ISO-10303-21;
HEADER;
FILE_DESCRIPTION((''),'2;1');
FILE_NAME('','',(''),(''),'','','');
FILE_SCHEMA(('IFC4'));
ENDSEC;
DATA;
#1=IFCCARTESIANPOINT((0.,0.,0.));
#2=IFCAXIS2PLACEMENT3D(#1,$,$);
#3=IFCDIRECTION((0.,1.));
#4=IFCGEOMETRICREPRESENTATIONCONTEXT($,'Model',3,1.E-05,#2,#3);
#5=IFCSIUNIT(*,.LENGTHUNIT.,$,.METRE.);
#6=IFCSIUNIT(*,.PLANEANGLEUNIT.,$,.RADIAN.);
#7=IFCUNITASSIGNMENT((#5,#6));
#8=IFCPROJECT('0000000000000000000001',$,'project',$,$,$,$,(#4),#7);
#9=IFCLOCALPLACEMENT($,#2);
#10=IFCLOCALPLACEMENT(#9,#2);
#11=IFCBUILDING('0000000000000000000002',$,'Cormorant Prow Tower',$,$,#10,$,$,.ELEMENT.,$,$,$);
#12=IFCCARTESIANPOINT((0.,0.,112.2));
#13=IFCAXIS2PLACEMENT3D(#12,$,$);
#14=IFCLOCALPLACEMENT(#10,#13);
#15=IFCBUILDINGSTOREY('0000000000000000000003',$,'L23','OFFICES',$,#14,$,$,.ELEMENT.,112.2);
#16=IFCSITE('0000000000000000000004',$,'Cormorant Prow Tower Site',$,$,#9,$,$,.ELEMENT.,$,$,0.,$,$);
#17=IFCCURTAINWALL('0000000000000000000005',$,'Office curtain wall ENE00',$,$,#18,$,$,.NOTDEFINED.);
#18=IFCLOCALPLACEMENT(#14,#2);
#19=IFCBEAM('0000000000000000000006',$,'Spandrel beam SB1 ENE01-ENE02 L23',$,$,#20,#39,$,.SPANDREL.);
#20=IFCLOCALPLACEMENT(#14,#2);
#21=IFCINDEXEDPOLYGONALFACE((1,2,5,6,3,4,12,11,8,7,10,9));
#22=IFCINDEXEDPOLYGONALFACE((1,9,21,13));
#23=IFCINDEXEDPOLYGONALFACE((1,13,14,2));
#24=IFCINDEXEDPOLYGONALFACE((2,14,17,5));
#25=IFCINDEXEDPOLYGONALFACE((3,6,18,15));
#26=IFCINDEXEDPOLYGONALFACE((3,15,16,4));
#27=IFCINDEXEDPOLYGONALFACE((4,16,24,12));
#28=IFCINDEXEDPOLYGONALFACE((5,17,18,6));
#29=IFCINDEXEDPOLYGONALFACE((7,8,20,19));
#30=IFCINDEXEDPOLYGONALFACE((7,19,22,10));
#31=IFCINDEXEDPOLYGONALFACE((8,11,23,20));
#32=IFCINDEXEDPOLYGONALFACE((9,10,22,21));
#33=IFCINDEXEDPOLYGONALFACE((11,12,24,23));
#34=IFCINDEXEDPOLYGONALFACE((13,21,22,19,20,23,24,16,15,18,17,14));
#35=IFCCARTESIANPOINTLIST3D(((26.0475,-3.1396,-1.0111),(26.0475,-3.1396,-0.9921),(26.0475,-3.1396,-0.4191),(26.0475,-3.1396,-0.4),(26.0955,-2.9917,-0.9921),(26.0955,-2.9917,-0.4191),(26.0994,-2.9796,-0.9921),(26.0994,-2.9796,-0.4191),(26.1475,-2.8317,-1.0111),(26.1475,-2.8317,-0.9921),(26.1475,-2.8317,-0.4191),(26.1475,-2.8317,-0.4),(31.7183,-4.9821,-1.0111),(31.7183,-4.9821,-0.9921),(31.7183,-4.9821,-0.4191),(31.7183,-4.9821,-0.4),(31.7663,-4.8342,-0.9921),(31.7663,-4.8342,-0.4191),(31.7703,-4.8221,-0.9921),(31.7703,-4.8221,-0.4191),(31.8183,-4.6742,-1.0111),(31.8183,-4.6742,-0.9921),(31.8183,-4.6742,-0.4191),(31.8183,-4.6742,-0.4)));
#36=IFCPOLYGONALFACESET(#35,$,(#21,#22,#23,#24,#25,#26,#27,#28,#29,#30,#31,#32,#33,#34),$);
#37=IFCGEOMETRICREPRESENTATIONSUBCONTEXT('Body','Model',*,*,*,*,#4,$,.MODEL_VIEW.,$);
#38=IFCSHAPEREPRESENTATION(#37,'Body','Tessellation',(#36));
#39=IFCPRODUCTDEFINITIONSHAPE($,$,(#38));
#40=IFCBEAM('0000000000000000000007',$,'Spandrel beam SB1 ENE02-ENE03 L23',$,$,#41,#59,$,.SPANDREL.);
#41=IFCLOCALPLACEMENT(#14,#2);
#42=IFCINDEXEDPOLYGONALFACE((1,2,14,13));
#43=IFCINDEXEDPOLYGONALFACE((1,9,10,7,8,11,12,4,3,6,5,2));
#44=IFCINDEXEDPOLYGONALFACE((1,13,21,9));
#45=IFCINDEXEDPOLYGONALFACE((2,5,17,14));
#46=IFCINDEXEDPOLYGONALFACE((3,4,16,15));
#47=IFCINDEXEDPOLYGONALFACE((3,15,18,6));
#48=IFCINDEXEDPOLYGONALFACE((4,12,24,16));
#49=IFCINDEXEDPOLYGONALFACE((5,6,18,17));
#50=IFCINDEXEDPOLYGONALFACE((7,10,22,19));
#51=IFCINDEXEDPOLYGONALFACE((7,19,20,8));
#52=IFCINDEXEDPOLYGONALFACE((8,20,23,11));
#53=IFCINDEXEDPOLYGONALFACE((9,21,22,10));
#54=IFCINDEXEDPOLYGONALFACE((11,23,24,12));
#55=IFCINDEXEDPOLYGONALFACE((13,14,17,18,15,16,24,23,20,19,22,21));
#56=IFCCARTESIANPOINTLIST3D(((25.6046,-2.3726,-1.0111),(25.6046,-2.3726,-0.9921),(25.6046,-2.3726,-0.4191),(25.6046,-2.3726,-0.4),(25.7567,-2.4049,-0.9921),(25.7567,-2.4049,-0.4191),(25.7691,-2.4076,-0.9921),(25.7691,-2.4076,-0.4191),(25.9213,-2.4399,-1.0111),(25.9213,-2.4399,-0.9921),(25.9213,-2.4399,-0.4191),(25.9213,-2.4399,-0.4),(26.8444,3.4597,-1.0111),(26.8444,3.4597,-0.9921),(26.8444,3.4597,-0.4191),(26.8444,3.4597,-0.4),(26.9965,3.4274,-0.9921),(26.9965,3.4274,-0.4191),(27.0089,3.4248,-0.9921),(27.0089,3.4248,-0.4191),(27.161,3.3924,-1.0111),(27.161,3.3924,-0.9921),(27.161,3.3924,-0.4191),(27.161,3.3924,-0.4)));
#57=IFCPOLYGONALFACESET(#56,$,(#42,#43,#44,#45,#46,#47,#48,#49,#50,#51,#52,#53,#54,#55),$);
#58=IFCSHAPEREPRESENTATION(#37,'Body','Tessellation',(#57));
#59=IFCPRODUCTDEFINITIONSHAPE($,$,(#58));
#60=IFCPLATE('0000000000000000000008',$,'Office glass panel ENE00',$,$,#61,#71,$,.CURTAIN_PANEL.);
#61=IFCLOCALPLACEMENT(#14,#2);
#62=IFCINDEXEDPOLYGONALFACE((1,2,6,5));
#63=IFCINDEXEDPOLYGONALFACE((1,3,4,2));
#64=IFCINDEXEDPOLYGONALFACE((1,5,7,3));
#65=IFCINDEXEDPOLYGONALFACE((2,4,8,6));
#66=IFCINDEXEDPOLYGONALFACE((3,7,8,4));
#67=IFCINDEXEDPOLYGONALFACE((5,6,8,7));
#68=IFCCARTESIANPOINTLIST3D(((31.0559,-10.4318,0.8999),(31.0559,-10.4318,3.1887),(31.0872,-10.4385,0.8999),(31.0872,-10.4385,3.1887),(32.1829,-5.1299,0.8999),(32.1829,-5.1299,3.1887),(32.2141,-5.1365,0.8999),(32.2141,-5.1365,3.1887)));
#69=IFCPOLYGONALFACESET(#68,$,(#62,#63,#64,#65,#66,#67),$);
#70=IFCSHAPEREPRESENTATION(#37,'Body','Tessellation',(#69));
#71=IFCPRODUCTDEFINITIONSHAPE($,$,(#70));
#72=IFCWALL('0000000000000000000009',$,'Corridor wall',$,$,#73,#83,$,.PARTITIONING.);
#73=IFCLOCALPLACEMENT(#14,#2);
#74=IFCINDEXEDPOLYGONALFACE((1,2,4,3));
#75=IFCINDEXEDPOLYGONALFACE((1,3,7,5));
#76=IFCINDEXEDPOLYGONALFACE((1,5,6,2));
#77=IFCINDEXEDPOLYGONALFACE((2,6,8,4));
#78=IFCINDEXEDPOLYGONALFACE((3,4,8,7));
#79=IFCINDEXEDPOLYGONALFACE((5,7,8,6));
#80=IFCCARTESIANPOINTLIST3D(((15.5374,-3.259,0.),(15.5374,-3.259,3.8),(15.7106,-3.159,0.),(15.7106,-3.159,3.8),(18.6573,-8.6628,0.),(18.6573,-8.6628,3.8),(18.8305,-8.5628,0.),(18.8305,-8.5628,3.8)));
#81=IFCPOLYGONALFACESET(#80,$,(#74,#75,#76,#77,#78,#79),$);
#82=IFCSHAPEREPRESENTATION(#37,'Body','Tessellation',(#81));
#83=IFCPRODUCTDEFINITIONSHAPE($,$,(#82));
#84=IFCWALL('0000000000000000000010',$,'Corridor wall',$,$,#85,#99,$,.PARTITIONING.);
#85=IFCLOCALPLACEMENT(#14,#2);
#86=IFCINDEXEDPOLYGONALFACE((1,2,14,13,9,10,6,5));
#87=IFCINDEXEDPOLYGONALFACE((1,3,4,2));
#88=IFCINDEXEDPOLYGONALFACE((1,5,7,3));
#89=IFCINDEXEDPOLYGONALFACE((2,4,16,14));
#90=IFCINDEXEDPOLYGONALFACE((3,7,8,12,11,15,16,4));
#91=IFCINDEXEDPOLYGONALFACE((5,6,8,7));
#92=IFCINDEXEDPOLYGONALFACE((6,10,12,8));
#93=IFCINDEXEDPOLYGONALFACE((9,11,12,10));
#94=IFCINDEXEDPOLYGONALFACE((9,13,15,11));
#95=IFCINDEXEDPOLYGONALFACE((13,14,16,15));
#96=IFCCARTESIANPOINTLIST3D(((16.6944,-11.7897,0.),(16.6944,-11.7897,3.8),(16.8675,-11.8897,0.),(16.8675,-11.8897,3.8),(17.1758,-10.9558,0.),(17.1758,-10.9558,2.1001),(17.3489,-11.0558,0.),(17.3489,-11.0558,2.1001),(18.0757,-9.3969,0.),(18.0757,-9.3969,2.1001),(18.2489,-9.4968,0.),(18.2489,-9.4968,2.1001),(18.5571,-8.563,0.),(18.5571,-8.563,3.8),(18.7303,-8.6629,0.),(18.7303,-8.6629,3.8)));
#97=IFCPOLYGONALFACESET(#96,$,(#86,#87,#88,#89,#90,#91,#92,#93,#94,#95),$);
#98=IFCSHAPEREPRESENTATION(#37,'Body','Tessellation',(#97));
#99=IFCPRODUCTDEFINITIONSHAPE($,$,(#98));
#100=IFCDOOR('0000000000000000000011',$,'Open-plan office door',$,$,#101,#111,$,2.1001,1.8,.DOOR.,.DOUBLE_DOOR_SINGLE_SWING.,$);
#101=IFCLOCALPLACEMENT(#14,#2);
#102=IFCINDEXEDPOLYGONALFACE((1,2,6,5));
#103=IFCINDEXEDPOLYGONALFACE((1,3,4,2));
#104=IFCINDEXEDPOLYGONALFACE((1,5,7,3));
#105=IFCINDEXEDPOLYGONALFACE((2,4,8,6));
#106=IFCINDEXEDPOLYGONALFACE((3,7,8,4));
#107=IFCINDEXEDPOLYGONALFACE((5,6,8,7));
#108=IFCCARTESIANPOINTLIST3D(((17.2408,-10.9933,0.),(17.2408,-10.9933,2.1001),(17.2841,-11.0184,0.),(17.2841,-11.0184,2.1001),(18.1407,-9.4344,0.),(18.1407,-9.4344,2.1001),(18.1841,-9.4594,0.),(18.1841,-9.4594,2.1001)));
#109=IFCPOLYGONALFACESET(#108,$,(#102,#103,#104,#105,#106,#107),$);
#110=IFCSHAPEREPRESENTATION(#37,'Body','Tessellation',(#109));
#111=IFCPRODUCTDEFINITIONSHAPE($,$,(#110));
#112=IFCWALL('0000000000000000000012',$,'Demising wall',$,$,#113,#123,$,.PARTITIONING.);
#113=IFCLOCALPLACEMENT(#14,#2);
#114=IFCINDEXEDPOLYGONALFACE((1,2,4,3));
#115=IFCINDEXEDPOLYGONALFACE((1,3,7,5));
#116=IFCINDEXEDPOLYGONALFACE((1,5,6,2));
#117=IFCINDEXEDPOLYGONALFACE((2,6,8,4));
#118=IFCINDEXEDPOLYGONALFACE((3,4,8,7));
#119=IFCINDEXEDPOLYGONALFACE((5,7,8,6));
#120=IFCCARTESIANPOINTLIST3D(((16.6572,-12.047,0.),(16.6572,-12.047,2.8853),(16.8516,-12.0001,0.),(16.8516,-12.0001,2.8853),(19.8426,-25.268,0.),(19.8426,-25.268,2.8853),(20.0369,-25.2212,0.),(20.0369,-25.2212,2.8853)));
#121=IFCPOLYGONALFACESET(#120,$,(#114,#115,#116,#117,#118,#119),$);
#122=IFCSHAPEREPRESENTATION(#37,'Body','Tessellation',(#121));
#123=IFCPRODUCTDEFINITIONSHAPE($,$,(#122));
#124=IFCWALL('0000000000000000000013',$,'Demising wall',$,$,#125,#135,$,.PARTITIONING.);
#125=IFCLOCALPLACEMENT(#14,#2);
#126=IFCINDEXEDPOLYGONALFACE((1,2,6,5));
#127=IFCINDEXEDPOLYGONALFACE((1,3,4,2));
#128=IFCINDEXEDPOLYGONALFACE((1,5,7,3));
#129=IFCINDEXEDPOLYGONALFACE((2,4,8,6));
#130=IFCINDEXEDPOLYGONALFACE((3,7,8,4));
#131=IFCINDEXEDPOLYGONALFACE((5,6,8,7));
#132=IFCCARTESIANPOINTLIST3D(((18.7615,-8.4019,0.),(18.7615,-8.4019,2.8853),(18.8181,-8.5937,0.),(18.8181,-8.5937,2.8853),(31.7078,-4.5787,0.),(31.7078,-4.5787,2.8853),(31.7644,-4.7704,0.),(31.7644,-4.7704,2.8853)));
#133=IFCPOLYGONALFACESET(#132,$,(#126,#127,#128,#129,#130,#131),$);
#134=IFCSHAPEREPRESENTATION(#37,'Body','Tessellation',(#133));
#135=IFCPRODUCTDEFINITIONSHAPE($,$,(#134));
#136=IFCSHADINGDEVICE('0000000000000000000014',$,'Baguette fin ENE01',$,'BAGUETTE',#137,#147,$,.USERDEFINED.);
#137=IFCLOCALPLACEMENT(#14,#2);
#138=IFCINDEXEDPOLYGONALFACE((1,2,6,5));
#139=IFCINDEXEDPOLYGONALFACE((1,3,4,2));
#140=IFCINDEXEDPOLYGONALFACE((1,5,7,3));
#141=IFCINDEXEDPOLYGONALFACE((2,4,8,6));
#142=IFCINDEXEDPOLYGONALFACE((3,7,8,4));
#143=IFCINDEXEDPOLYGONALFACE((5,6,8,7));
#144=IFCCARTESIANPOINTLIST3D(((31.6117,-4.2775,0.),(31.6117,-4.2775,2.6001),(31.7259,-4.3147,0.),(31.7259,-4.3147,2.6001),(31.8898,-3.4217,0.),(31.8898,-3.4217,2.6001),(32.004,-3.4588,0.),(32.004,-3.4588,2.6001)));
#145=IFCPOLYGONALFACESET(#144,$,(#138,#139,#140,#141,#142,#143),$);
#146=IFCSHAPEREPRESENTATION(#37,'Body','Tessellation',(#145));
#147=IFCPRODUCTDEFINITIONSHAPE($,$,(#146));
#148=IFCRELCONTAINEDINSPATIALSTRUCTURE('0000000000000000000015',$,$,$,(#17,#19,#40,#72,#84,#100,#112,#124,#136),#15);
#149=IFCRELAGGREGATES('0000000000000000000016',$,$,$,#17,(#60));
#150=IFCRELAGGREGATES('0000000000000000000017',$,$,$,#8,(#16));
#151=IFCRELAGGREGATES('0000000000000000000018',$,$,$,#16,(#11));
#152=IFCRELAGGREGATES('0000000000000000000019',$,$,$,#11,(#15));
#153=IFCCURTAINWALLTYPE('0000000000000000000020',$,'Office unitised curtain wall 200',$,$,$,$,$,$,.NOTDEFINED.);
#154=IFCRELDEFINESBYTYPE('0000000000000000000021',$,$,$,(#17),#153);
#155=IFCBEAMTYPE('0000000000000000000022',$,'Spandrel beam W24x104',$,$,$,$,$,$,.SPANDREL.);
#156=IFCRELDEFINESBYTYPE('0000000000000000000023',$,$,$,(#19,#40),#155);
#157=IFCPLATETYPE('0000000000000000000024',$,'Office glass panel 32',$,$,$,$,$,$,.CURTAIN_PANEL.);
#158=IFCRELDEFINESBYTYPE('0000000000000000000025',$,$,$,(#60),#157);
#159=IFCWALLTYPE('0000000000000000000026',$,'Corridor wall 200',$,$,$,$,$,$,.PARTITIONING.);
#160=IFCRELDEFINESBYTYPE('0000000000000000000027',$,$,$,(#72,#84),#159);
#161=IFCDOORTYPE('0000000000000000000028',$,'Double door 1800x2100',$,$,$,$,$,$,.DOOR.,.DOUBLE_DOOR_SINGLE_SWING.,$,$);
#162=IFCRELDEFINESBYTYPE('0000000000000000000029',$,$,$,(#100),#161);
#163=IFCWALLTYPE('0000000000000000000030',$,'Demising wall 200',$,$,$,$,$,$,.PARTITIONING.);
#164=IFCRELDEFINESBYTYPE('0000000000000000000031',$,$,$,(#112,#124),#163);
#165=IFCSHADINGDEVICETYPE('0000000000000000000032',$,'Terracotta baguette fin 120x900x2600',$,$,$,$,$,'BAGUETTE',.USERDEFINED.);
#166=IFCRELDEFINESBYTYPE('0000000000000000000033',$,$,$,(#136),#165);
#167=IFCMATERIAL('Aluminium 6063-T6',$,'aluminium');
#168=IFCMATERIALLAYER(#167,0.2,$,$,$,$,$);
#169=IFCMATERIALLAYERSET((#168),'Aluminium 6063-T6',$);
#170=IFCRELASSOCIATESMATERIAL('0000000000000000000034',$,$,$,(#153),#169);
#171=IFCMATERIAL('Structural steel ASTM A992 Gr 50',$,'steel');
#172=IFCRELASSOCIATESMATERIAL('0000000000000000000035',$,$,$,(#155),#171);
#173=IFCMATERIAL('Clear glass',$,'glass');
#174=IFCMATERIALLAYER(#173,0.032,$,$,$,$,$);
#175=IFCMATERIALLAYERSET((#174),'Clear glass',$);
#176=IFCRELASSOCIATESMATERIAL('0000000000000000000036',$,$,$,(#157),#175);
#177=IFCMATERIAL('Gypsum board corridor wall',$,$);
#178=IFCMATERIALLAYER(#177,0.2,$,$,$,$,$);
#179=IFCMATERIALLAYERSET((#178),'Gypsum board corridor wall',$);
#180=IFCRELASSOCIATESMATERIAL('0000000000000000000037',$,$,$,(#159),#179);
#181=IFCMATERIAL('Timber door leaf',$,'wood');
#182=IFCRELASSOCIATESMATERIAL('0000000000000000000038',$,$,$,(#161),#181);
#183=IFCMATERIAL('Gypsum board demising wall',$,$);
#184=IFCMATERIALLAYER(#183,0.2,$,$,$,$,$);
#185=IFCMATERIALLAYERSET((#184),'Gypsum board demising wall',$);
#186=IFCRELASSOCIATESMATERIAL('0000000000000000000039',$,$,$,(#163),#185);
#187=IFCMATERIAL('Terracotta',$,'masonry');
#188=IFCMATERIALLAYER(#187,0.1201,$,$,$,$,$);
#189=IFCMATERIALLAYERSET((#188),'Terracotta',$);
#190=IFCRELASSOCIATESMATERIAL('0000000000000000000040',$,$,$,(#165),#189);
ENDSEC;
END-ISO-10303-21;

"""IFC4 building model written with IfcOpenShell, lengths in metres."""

from ifc_helpers import new_model, si_unit, direction, frame, frame_2d, origin, origin_2d, place, context, subcontext, project, spatial, rectangle, i_section, extrude, material, layer, layer_set, material_profile, profile_set, type_object, element, fill, aggregate, save


model = new_model("IFC4")

# Units and contexts
model_context = context("Model", 3, precision=1e-05, world=origin(), true_north=direction((0.0, 1.0)))
body_context = subcontext(model_context, "Body", "Model", "MODEL_VIEW")
ifc_project = project(units=[si_unit("LENGTHUNIT", "METRE"), si_unit("PLANEANGLEUNIT", "RADIAN")], contexts=[model_context])

# Site, building, storey
site_placement = place(None, origin())
site = spatial("IfcSite", under=ifc_project, at=site_placement, Name="Cormorant Prow Tower Site", CompositionType="ELEMENT", RefElevation=0.0)
building_placement = place(site_placement, origin())
building = spatial("IfcBuilding", under=site, at=building_placement, Name="Cormorant Prow Tower", CompositionType="ELEMENT")
storey_placement = place(building_placement, frame((0.0, 0.0, 112.2)))
storey = spatial("IfcBuildingStorey", under=building, at=storey_placement, Name="L23", Description="OFFICES", CompositionType="ELEMENT", Elevation=112.2)

# Curtain wall
ifc_material_1 = material(Name="Aluminium 6063-T6", Category="aluminium")
ifc_layer_1 = layer(ifc_material_1, 0.2)
ifc_layer_set_1 = layer_set([ifc_layer_1], Name="Aluminium 6063-T6")
curtain_wall_type = type_object("IfcCurtainWallType", Name="Office unitised curtain wall 200", PredefinedType="NOTDEFINED", material=ifc_layer_set_1)
curtain_wall_1_placement = place(storey_placement, origin())
curtain_wall_1 = element("IfcCurtainWall", 1, at=curtain_wall_1_placement, inside=storey, type_object=curtain_wall_type, Name="Office curtain wall ENE00", PredefinedType="NOTDEFINED")

# Beams
ifc_material_2 = material(Name="Structural steel ASTM A992 Gr 50", Category="steel")
ifc_material_profile_1 = material_profile(ifc_material_2, i_section(OverallWidth=0.3237, OverallDepth=0.6111, WebThickness=0.0127, FlangeThickness=0.019, at=origin_2d()), Name="W24x104")
ifc_profile_set_1 = profile_set([ifc_material_profile_1], Name="Structural steel ASTM A992 Gr 50")
beam_type_1 = type_object("IfcBeamType", Name="Spandrel beam W24x104", PredefinedType="SPANDREL", material=ifc_profile_set_1)
for number, where, z_axis, x_axis, name in (
    (2, (31.7683, -4.8281, -0.7056), (-0.951059, 0.309008, 0.0), (-0.309008, -0.951059, 0.0), "Spandrel beam SB1 ENE01-ENE02 L23"),
    (3, (25.7629, -2.4062, -0.7056), (0.207921, 0.978146, 0.0), (-0.978146, 0.207921, 0.0), "Spandrel beam SB1 ENE02-ENE03 L23"),
):
    element("IfcBeam", number, at=place(storey_placement, frame(where, z_axis=z_axis, x_axis=x_axis)), inside=storey, type_object=beam_type_1, Name=name, PredefinedType="SPANDREL", context=body_context, shape_type="SweptSolid", body=[
        extrude(i_section(OverallWidth=0.3237, OverallDepth=0.6111, WebThickness=0.0127, FlangeThickness=0.019, at=origin_2d()), origin(), (0.0, 0.0, 1.0), 5.9626),
    ])

# Plate
ifc_material_3 = material(Name="Clear glass", Category="glass")
ifc_layer_2 = layer(ifc_material_3, 0.032)
ifc_layer_set_2 = layer_set([ifc_layer_2], Name="Clear glass")
plate_type = type_object("IfcPlateType", Name="Office glass panel 32", PredefinedType="CURTAIN_PANEL", material=ifc_layer_set_2)
plate_placement = place(storey_placement, frame((31.635, -7.7842, 0.8999), z_axis=(0.0, 0.0, 1.0), x_axis=(0.207912, 0.978148, 0.0)))
plate = element("IfcPlate", 4, at=plate_placement, type_object=plate_type, Name="Office glass panel ENE00", PredefinedType="CURTAIN_PANEL", context=body_context, shape_type="SweptSolid", body=[
    extrude(rectangle(XDim=5.4204, YDim=0.032, at=origin_2d()), origin(), (0.0, 0.0, 1.0), 2.2888),
])
aggregate(curtain_wall_1, [plate])

# Wall
ifc_material_4 = material(Name="Gypsum board corridor wall")
ifc_layer_3 = layer(ifc_material_4, 0.2)
ifc_layer_set_3 = layer_set([ifc_layer_3], Name="Gypsum board corridor wall")
wall_type_1 = type_object("IfcWallType", Name="Corridor wall 200", PredefinedType="PARTITIONING", material=ifc_layer_set_3)
wall_1_placement = place(storey_placement, frame((15.624, -3.209, 0.0), z_axis=(0.0, 0.0, 1.0), x_axis=(0.499998, -0.866027, 0.0)))
element("IfcWall", 5, at=wall_1_placement, inside=storey, type_object=wall_type_1, Name="Corridor wall", PredefinedType="PARTITIONING", context=body_context, shape_type="SweptSolid", body=[
    extrude(rectangle(XDim=6.2397, YDim=0.2, at=frame_2d((3.1199, 0.0))), origin(), (0.0, 0.0, 1.0), 3.8),
])

# Wall, opening, door
wall_2_placement = place(storey_placement, frame((16.781, -11.8396, 0.0), z_axis=(0.0, 0.0, 1.0), x_axis=(0.499959, 0.866049, 0.0)))
wall_2 = element("IfcWall", 6, at=wall_2_placement, inside=storey, type_object=wall_type_1, Name="Corridor wall", PredefinedType="PARTITIONING", context=body_context, shape_type="SweptSolid", body=[
    extrude(rectangle(XDim=3.7258, YDim=0.2, at=frame_2d((1.8628, 0.0))), origin(), (0.0, 0.0, 1.0), 3.8),
])
opening_1_placement = place(wall_2_placement, frame((0.9629, 0.0, 0.0)))
opening_1 = element("IfcOpeningElement", 7, at=opening_1_placement, cuts=wall_2, PredefinedType="OPENING", context=body_context, shape_type="SweptSolid", body=[
    extrude(rectangle(XDim=1.8, YDim=2.1001, at=frame_2d((0.8999, 1.05))), frame((0.0, 0.1099, 0.0), z_axis=(0.0, -1.0, 0.0), x_axis=(1.0, 0.0, 0.0)), (0.0, 0.0, 1.0), 0.22),
])
ifc_material_5 = material(Name="Timber door leaf", Category="wood")
door_type_1 = type_object("IfcDoorType", Name="Double door 1800x2100", OperationType="DOUBLE_DOOR_SINGLE_SWING", PredefinedType="DOOR", material=ifc_material_5)
door_1_placement = place(opening_1_placement, origin())
door_1 = element("IfcDoor", 8, at=door_1_placement, inside=storey, type_object=door_type_1, Name="Open-plan office door", OperationType="DOUBLE_DOOR_SINGLE_SWING", OverallHeight=2.1001, OverallWidth=1.8, PredefinedType="DOOR", context=body_context, shape_type="SweptSolid", body=[
    extrude(rectangle(XDim=1.8, YDim=2.1001, at=frame_2d((0.8999, 1.05))), frame((0.0, 0.0249, 0.0), z_axis=(0.0, -1.0, 0.0), x_axis=(1.0, 0.0, 0.0)), (0.0, 0.0, 1.0), 0.05),
])
fill(opening_1, door_1)

# Walls
ifc_material_6 = material(Name="Gypsum board demising wall")
ifc_layer_4 = layer(ifc_material_6, 0.2)
ifc_layer_set_4 = layer_set([ifc_layer_4], Name="Gypsum board demising wall")
wall_type_2 = type_object("IfcWallType", Name="Demising wall 200", PredefinedType="PARTITIONING", material=ifc_layer_set_4)
wall_3_placement = place(storey_placement, frame((16.7544, -12.0234, 0.0), z_axis=(0.0, 0.0, 1.0), x_axis=(0.234226, -0.972182, 0.0)))
element("IfcWall", 9, at=wall_3_placement, inside=storey, type_object=wall_type_2, Name="Demising wall", PredefinedType="PARTITIONING", context=body_context, shape_type="SweptSolid", body=[
    extrude(rectangle(XDim=13.5994, YDim=0.2, at=frame_2d((6.7998, 0.0))), origin(), (0.0, 0.0, 1.0), 2.8853),
])
wall_4_placement = place(storey_placement, frame((18.7898, -8.4978, 0.0), z_axis=(0.0, 0.0, 1.0), x_axis=(0.959054, 0.283224, 0.0)))
element("IfcWall", 10, at=wall_4_placement, inside=storey, type_object=wall_type_2, Name="Demising wall", PredefinedType="PARTITIONING", context=body_context, shape_type="SweptSolid", body=[
    extrude(rectangle(XDim=13.499, YDim=0.2, at=frame_2d((6.7495, 0.0))), origin(), (0.0, 0.0, 1.0), 2.8853),
])

# Shading device
ifc_material_7 = material(Name="Terracotta", Category="masonry")
ifc_layer_5 = layer(ifc_material_7, 0.1201)
ifc_layer_set_5 = layer_set([ifc_layer_5], Name="Terracotta")
shading_device_type = type_object("IfcShadingDeviceType", Name="Terracotta baguette fin 120x900x2600", ElementType="BAGUETTE", PredefinedType="USERDEFINED", material=ifc_layer_set_5)
shading_device_placement = place(storey_placement, frame((31.8079, -3.8682, 0.0), z_axis=(0.0, 0.0, 1.0), x_axis=(-0.951057, 0.309017, 0.0)))
element("IfcShadingDevice", 11, at=shading_device_placement, inside=storey, type_object=shading_device_type, Name="Baguette fin ENE01", ObjectType="BAGUETTE", PredefinedType="USERDEFINED", context=body_context, shape_type="SweptSolid", body=[
    extrude(rectangle(XDim=0.1201, YDim=0.8999, at=origin_2d()), origin(), (0.0, 0.0, 1.0), 2.6001),
])

save(model, "model.ifc")
